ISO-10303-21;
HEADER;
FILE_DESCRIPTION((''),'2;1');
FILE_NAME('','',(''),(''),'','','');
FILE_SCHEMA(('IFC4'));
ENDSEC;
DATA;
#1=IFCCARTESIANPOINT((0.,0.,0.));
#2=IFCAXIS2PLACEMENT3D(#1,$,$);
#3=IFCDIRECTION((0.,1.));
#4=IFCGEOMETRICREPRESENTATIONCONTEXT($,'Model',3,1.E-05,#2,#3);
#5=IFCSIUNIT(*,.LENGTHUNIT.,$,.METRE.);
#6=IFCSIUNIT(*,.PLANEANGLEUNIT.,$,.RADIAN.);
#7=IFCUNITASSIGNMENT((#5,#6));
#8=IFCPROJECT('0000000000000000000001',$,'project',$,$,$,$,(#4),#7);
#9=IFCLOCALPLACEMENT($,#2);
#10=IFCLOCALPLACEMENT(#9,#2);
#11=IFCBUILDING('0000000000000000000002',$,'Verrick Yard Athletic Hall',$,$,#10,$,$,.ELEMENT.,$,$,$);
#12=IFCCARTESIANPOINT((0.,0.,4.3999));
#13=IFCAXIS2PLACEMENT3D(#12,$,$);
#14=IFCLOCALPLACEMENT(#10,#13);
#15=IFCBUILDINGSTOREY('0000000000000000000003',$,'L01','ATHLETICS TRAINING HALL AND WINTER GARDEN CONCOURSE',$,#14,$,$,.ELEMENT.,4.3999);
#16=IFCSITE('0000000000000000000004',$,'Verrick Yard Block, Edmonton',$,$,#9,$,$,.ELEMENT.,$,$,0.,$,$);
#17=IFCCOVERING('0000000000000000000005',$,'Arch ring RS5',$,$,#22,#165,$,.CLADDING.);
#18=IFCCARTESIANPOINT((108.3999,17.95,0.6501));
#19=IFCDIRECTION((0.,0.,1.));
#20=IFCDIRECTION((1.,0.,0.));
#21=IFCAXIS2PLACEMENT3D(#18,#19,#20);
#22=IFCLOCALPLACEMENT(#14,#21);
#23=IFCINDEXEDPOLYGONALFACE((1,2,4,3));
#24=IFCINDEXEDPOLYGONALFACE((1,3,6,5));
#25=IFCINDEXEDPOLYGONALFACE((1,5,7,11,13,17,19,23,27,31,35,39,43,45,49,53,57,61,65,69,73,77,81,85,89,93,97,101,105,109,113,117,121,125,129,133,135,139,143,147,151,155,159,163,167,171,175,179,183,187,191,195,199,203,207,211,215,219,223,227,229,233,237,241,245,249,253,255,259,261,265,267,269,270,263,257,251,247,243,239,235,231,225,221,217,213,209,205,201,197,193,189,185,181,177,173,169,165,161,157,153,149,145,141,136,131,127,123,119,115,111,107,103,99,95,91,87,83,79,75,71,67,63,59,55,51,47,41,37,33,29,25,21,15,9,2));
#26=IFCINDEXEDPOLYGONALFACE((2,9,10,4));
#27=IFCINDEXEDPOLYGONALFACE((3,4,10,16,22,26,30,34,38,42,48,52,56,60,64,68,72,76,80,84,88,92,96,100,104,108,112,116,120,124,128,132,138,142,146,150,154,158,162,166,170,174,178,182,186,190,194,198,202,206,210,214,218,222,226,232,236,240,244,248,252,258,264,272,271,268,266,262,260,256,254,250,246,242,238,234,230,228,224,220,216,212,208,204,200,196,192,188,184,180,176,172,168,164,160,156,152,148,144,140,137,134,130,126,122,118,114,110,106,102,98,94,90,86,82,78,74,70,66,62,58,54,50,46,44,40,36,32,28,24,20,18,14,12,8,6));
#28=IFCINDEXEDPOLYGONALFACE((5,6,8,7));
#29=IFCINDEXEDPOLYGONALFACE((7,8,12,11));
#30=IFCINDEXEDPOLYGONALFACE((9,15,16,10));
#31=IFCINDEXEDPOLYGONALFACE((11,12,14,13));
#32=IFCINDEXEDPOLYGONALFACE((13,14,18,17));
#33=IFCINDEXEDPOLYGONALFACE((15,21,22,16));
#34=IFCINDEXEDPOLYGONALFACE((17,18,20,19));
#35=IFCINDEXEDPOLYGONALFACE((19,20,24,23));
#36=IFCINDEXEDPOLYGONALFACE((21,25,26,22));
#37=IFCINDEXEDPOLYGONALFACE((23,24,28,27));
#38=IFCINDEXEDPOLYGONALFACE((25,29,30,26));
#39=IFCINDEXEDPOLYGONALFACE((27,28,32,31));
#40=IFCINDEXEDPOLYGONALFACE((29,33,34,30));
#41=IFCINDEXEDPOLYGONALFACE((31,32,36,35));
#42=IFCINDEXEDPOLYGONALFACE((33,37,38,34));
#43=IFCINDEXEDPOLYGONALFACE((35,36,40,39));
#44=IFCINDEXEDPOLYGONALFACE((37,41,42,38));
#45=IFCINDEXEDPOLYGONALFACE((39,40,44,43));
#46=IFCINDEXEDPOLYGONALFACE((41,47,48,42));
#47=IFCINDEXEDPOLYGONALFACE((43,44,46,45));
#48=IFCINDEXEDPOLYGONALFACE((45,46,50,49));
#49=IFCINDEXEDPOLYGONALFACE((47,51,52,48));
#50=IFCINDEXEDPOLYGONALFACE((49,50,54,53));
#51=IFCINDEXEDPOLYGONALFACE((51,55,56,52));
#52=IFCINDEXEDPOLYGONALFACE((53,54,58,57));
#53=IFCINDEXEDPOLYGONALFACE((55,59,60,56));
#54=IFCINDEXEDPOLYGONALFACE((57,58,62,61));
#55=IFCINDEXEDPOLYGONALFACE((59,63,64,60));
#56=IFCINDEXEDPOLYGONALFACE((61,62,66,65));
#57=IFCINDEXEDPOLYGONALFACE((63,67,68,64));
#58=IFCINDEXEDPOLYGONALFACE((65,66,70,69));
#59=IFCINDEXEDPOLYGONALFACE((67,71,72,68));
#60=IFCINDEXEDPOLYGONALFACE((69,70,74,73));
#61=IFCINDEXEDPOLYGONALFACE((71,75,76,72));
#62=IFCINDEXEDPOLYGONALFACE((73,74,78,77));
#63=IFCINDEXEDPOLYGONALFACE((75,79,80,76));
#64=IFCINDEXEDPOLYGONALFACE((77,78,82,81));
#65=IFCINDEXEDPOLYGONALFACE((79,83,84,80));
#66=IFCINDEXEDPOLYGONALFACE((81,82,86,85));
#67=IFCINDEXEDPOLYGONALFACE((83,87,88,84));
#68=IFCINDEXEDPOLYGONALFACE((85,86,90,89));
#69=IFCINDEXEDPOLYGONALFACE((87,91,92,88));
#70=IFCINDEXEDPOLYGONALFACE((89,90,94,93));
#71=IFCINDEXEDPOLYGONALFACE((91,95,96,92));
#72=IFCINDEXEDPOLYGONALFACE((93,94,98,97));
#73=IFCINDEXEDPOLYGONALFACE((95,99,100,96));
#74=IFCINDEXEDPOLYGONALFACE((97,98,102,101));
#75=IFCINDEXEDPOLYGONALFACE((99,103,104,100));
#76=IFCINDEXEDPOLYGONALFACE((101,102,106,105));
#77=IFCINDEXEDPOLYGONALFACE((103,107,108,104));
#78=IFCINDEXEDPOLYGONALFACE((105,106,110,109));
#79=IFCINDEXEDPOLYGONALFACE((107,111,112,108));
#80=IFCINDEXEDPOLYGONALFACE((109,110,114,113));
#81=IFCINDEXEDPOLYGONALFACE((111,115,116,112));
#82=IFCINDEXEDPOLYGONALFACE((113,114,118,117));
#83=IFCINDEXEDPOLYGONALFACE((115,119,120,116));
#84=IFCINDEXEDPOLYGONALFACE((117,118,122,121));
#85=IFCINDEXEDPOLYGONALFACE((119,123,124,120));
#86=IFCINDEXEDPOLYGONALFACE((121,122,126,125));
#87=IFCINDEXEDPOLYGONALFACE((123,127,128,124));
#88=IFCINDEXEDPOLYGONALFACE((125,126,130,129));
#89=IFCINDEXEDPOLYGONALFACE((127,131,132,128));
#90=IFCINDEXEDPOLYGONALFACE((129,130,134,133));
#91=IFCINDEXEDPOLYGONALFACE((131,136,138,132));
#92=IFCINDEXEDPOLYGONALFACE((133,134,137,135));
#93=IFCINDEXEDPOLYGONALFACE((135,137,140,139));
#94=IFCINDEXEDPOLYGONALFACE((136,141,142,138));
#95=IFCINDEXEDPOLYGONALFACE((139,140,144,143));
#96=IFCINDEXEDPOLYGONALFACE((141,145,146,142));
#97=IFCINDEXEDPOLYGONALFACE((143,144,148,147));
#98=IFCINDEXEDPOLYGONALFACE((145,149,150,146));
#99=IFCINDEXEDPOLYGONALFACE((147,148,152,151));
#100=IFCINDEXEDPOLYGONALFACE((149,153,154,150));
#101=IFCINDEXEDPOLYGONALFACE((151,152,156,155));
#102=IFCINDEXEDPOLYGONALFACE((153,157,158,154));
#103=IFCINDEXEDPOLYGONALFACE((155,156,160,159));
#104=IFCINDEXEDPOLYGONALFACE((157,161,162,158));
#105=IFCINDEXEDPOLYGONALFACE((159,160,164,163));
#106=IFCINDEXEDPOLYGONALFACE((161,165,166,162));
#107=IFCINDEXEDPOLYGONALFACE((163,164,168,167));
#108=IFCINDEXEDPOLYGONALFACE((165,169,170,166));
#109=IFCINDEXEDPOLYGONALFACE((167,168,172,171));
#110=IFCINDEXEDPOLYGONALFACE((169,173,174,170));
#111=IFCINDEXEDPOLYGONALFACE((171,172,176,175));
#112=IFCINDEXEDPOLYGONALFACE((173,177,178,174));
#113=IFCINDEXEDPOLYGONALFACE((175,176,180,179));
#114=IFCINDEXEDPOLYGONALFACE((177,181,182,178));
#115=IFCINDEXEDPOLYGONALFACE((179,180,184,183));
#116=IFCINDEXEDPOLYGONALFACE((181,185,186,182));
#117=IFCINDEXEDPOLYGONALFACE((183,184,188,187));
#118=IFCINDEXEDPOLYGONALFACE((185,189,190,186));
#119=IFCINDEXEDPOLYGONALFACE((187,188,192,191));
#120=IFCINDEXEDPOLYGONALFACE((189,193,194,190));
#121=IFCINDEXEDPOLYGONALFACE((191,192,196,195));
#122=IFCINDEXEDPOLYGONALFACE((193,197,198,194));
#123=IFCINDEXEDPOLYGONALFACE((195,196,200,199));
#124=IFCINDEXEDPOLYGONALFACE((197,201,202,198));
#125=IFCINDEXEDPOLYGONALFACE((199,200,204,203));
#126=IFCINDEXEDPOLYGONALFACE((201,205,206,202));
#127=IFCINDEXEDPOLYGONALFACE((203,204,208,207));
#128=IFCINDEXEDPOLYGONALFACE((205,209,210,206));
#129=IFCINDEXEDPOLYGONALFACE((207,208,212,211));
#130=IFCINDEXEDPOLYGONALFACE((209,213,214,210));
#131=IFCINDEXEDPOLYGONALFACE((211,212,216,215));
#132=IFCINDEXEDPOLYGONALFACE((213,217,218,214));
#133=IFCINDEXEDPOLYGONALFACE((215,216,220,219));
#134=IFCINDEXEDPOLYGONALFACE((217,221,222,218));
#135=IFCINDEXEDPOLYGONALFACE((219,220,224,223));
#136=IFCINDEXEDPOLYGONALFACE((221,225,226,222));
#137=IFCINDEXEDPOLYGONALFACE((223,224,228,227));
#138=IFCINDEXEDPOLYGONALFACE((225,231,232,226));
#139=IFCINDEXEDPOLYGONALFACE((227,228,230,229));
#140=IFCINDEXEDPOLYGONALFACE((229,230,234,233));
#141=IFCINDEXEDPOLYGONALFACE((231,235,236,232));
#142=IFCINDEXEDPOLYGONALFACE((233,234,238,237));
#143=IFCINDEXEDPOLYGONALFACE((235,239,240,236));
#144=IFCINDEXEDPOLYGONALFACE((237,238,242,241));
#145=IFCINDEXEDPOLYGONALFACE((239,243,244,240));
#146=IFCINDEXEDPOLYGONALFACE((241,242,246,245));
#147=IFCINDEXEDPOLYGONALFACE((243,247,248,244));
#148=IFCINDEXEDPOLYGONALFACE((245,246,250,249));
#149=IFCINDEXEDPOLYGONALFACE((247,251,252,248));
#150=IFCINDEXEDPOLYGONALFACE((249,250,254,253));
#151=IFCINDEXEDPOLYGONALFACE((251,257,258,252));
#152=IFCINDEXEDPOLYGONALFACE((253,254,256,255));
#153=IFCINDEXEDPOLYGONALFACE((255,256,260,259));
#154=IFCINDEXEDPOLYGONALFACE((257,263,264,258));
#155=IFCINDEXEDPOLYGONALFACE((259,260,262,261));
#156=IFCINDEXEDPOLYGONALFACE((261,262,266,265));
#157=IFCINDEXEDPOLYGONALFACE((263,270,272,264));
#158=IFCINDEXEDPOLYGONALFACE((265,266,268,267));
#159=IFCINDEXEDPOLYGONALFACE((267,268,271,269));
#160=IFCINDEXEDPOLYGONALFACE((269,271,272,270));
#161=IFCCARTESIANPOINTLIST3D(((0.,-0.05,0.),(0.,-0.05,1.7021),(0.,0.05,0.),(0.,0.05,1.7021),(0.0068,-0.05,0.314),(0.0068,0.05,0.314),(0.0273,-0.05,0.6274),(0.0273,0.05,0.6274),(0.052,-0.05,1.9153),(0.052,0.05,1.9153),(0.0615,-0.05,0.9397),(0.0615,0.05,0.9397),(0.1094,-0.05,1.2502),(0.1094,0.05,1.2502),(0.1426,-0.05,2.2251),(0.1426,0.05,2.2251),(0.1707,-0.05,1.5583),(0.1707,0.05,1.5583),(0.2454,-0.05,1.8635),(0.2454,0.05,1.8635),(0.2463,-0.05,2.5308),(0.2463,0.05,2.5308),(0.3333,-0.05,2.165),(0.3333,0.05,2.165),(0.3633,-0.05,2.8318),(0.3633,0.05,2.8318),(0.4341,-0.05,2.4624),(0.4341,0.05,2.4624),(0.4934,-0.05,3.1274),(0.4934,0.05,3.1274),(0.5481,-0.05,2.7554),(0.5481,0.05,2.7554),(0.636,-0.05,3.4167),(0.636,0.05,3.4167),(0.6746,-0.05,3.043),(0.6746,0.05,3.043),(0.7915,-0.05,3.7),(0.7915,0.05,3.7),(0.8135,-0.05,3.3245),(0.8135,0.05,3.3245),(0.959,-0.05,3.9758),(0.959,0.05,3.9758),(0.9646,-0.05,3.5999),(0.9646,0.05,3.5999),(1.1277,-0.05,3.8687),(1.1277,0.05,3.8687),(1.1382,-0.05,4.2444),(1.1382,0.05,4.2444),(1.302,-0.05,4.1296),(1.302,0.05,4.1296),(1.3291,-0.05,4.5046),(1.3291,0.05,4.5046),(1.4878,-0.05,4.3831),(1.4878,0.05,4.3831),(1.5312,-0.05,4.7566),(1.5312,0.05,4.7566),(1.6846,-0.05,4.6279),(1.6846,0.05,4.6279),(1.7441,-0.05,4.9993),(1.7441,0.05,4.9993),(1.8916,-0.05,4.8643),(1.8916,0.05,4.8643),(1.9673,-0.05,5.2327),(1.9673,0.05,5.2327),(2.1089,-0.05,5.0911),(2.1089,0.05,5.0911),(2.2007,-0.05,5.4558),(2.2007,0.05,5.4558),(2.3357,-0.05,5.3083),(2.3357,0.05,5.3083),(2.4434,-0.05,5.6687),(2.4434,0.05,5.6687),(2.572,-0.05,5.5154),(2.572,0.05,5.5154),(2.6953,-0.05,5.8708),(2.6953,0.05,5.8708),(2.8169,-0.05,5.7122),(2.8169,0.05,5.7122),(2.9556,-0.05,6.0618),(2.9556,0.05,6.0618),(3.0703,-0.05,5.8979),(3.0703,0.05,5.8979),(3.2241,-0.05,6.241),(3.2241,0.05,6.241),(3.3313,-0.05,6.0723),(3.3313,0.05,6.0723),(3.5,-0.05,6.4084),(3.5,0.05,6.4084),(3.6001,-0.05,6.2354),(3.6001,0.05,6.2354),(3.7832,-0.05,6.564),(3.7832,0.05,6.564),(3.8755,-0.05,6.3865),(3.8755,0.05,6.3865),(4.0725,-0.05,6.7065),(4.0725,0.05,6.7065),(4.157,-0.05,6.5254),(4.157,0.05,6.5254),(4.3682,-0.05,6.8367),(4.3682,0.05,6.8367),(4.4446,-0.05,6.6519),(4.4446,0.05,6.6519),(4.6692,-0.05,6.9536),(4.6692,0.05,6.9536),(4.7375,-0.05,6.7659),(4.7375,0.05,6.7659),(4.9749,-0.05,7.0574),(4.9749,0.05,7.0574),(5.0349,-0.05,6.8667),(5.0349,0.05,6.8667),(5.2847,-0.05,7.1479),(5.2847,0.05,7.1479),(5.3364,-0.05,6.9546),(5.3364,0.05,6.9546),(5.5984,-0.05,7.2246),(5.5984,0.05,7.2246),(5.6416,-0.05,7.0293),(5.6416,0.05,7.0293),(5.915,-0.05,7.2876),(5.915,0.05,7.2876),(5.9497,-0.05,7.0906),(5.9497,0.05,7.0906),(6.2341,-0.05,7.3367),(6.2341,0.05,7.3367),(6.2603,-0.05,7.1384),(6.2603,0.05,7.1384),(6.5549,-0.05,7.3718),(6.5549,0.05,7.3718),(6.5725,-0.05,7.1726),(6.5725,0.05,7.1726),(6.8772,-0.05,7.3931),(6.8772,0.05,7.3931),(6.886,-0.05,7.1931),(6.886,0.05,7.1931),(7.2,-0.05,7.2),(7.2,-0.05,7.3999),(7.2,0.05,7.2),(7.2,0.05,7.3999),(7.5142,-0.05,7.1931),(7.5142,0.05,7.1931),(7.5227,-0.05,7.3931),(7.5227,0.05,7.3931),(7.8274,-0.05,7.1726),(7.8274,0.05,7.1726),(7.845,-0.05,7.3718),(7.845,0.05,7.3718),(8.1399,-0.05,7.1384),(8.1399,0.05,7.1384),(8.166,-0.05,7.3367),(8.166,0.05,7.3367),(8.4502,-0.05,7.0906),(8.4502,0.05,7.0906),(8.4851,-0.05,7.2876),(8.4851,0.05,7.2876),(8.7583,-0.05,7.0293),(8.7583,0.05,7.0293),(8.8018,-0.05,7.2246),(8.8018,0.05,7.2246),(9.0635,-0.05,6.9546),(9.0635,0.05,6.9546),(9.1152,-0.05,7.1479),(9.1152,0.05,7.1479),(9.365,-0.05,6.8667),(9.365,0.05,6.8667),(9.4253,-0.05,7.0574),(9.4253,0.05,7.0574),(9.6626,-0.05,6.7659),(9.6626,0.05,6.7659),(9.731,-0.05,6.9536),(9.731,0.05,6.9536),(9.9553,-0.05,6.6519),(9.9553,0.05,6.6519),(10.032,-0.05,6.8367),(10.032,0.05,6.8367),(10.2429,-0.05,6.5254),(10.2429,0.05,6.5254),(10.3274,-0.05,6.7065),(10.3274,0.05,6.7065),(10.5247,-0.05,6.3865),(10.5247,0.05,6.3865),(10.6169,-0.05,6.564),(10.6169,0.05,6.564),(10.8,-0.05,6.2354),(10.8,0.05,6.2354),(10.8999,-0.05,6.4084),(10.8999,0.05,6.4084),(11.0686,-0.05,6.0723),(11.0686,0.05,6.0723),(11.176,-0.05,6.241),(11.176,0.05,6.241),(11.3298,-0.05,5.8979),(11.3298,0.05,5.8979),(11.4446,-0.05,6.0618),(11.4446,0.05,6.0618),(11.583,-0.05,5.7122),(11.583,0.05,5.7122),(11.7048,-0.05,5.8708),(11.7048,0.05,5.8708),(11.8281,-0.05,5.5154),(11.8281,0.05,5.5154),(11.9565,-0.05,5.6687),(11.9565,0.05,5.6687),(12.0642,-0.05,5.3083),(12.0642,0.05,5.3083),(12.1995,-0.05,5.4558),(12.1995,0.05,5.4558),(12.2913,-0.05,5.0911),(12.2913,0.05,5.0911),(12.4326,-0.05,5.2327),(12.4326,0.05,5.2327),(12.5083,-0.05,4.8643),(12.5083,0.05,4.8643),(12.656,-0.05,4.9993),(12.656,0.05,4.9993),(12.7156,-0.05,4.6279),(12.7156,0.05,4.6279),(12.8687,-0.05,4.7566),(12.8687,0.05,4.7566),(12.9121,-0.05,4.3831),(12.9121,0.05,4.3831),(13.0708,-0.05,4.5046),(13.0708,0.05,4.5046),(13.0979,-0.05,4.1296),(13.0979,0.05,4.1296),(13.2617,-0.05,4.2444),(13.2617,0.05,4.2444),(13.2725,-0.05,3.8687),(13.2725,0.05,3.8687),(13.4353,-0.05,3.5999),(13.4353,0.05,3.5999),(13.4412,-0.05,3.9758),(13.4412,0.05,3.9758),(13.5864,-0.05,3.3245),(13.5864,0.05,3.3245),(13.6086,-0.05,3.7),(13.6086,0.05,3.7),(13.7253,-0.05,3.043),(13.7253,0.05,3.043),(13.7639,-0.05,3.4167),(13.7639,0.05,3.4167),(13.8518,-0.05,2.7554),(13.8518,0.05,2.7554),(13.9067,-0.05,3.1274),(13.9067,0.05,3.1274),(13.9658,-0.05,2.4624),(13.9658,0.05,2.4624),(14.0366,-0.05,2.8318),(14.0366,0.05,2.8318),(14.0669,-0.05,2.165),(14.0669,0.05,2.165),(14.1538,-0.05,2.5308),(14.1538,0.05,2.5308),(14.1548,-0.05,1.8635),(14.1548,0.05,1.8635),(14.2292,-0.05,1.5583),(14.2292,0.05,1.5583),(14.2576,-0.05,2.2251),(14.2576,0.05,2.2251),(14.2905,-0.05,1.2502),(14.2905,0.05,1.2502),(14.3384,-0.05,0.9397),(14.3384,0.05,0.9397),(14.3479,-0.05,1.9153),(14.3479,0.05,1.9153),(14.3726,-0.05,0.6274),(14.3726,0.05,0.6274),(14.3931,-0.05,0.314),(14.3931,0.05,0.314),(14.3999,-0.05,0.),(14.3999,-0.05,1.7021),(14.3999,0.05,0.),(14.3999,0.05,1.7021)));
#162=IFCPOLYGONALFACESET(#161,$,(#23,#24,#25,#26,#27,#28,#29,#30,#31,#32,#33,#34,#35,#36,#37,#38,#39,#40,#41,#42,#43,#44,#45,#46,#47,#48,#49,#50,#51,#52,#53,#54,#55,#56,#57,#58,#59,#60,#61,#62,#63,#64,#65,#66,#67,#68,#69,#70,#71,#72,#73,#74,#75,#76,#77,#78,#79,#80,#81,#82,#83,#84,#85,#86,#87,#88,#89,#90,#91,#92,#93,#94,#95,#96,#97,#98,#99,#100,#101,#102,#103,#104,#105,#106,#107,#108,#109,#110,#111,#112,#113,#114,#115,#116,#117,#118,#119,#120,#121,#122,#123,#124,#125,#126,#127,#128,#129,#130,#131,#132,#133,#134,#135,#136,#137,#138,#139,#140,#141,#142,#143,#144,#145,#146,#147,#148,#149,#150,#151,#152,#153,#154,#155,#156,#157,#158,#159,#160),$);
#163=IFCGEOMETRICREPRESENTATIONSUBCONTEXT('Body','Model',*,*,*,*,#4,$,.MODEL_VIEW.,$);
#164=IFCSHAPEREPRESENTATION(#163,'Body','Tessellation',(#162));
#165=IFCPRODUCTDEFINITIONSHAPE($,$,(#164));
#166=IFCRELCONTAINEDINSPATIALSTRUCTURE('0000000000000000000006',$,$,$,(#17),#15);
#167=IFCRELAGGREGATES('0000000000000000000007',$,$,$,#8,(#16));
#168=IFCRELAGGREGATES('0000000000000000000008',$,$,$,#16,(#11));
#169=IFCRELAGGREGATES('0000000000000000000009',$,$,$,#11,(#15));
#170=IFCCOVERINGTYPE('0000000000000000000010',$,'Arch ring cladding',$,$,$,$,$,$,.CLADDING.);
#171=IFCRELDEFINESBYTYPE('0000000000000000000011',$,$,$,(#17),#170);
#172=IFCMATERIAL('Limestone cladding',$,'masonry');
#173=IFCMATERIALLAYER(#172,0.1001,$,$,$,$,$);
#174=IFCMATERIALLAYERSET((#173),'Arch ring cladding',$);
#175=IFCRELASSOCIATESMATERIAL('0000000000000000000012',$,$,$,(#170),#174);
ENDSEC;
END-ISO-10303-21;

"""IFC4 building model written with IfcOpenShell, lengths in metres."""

from ifc_helpers import new_model, si_unit, direction, frame, origin, place, context, subcontext, project, spatial, polyline, outline, extrude, material, layer, layer_set, type_object, element, save


model = new_model("IFC4")

# Units and contexts
model_context = context("Model", 3, precision=1e-05, world=origin(), true_north=direction((0.0, 1.0)))
body_context = subcontext(model_context, "Body", "Model", "MODEL_VIEW")
ifc_project = project(units=[si_unit("LENGTHUNIT", "METRE"), si_unit("PLANEANGLEUNIT", "RADIAN")], contexts=[model_context])

# Site, building, storey
site_placement = place(None, origin())
site = spatial("IfcSite", under=ifc_project, at=site_placement, Name="Verrick Yard Block, Edmonton", CompositionType="ELEMENT", RefElevation=0.0)
building_placement = place(site_placement, origin())
building = spatial("IfcBuilding", under=site, at=building_placement, Name="Verrick Yard Athletic Hall", CompositionType="ELEMENT")
storey_placement = place(building_placement, frame((0.0, 0.0, 4.3999)))
storey = spatial("IfcBuildingStorey", under=building, at=storey_placement, Name="L01", Description="ATHLETICS TRAINING HALL AND WINTER GARDEN CONCOURSE", CompositionType="ELEMENT", Elevation=4.3999)

# Covering
ifc_material_1 = material(Name="Limestone cladding", Category="masonry")
ifc_layer_1 = layer(ifc_material_1, 0.1001)
ifc_layer_set_1 = layer_set([ifc_layer_1], Name="Arch ring cladding")
covering_type_1 = type_object("IfcCoveringType", Name="Arch ring cladding", PredefinedType="CLADDING", material=ifc_layer_set_1)
covering_1_placement = place(storey_placement, frame((108.3999, 17.95, 0.6501), z_axis=(0.0, 0.0, 1.0), x_axis=(1.0, 0.0, 0.0)))
element("IfcCovering", 1, at=covering_1_placement, inside=storey, type_object=covering_type_1, Name="Arch ring RS5", PredefinedType="CLADDING", context=body_context, shape_type="SweptSolid", body=[
    extrude(outline(polyline([(0.0, 1.7021), (0.0, 0.0), (0.0068, 0.314), (0.0273, 0.6274), (0.0615, 0.9397), (0.1094, 1.2502), (0.1707, 1.5583), (0.2454, 1.8635), (0.3333, 2.165), (0.4341, 2.4624), (0.5481, 2.7554), (0.6746, 3.043), (0.8135, 3.3245), (0.9646, 3.5999), (1.1277, 3.8687), (1.302, 4.1296), (1.4878, 4.3831), (1.6846, 4.6279), (1.8916, 4.8643), (2.1089, 5.0911), (2.3357, 5.3083), (2.572, 5.5154), (2.8169, 5.7122), (3.0703, 5.8979), (3.3313, 6.0723), (3.6001, 6.2354), (3.8755, 6.3865), (4.157, 6.5254), (4.4446, 6.6519), (4.7375, 6.7659), (5.0349, 6.8667), (5.3364, 6.9546), (5.6416, 7.0293), (5.9497, 7.0906), (6.2603, 7.1384), (6.5725, 7.1726), (6.886, 7.1931), (7.2, 7.2), (7.5142, 7.1931), (7.8274, 7.1726), (8.1399, 7.1384), (8.4502, 7.0906), (8.7583, 7.0293), (9.0635, 6.9546), (9.365, 6.8667), (9.6626, 6.7659), (9.9553, 6.6519), (10.2429, 6.5254), (10.5247, 6.3865), (10.8, 6.2354), (11.0686, 6.0723), (11.3298, 5.8979), (11.583, 5.7122), (11.8281, 5.5154), (12.0642, 5.3083), (12.2913, 5.0911), (12.5083, 4.8643), (12.7156, 4.6279), (12.9121, 4.3831), (13.0979, 4.1296), (13.2725, 3.8687), (13.4353, 3.5999), (13.5864, 3.3245), (13.7253, 3.043), (13.8518, 2.7554), (13.9658, 2.4624), (14.0669, 2.165), (14.1548, 1.8635), (14.2292, 1.5583), (14.2905, 1.2502), (14.3384, 0.9397), (14.3726, 0.6274), (14.3931, 0.314), (14.3999, 0.0), (14.3999, 1.7021), (14.3479, 1.9153), (14.2576, 2.2251), (14.1538, 2.5308), (14.0366, 2.8318), (13.9067, 3.1274), (13.7639, 3.4167), (13.6086, 3.7), (13.4412, 3.9758), (13.2617, 4.2444), (13.0708, 4.5046), (12.8687, 4.7566), (12.656, 4.9993), (12.4326, 5.2327), (12.1995, 5.4558), (11.9565, 5.6687), (11.7048, 5.8708), (11.4446, 6.0618), (11.176, 6.241), (10.8999, 6.4084), (10.6169, 6.564), (10.3274, 6.7065), (10.032, 6.8367), (9.731, 6.9536), (9.4253, 7.0574), (9.1152, 7.1479), (8.8018, 7.2246), (8.4851, 7.2876), (8.166, 7.3367), (7.845, 7.3718), (7.5227, 7.3931), (7.2, 7.3999), (6.8772, 7.3931), (6.5549, 7.3718), (6.2341, 7.3367), (5.915, 7.2876), (5.5984, 7.2246), (5.2847, 7.1479), (4.9749, 7.0574), (4.6692, 6.9536), (4.3682, 6.8367), (4.0725, 6.7065), (3.7832, 6.564), (3.5, 6.4084), (3.2241, 6.241), (2.9556, 6.0618), (2.6953, 5.8708), (2.4434, 5.6687), (2.2007, 5.4558), (1.9673, 5.2327), (1.7441, 4.9993), (1.5312, 4.7566), (1.3291, 4.5046), (1.1382, 4.2444), (0.959, 3.9758), (0.7915, 3.7), (0.636, 3.4167), (0.4934, 3.1274), (0.3633, 2.8318), (0.2463, 2.5308), (0.1426, 2.2251), (0.052, 1.9153), (0.0, 1.7021)])), frame((0.0, 0.05, 0.0), z_axis=(0.0, -1.0, 0.0), x_axis=(1.0, 0.0, 0.0)), (0.0, 0.0, 1.0), 0.1001),
])

save(model, "model.ifc")
